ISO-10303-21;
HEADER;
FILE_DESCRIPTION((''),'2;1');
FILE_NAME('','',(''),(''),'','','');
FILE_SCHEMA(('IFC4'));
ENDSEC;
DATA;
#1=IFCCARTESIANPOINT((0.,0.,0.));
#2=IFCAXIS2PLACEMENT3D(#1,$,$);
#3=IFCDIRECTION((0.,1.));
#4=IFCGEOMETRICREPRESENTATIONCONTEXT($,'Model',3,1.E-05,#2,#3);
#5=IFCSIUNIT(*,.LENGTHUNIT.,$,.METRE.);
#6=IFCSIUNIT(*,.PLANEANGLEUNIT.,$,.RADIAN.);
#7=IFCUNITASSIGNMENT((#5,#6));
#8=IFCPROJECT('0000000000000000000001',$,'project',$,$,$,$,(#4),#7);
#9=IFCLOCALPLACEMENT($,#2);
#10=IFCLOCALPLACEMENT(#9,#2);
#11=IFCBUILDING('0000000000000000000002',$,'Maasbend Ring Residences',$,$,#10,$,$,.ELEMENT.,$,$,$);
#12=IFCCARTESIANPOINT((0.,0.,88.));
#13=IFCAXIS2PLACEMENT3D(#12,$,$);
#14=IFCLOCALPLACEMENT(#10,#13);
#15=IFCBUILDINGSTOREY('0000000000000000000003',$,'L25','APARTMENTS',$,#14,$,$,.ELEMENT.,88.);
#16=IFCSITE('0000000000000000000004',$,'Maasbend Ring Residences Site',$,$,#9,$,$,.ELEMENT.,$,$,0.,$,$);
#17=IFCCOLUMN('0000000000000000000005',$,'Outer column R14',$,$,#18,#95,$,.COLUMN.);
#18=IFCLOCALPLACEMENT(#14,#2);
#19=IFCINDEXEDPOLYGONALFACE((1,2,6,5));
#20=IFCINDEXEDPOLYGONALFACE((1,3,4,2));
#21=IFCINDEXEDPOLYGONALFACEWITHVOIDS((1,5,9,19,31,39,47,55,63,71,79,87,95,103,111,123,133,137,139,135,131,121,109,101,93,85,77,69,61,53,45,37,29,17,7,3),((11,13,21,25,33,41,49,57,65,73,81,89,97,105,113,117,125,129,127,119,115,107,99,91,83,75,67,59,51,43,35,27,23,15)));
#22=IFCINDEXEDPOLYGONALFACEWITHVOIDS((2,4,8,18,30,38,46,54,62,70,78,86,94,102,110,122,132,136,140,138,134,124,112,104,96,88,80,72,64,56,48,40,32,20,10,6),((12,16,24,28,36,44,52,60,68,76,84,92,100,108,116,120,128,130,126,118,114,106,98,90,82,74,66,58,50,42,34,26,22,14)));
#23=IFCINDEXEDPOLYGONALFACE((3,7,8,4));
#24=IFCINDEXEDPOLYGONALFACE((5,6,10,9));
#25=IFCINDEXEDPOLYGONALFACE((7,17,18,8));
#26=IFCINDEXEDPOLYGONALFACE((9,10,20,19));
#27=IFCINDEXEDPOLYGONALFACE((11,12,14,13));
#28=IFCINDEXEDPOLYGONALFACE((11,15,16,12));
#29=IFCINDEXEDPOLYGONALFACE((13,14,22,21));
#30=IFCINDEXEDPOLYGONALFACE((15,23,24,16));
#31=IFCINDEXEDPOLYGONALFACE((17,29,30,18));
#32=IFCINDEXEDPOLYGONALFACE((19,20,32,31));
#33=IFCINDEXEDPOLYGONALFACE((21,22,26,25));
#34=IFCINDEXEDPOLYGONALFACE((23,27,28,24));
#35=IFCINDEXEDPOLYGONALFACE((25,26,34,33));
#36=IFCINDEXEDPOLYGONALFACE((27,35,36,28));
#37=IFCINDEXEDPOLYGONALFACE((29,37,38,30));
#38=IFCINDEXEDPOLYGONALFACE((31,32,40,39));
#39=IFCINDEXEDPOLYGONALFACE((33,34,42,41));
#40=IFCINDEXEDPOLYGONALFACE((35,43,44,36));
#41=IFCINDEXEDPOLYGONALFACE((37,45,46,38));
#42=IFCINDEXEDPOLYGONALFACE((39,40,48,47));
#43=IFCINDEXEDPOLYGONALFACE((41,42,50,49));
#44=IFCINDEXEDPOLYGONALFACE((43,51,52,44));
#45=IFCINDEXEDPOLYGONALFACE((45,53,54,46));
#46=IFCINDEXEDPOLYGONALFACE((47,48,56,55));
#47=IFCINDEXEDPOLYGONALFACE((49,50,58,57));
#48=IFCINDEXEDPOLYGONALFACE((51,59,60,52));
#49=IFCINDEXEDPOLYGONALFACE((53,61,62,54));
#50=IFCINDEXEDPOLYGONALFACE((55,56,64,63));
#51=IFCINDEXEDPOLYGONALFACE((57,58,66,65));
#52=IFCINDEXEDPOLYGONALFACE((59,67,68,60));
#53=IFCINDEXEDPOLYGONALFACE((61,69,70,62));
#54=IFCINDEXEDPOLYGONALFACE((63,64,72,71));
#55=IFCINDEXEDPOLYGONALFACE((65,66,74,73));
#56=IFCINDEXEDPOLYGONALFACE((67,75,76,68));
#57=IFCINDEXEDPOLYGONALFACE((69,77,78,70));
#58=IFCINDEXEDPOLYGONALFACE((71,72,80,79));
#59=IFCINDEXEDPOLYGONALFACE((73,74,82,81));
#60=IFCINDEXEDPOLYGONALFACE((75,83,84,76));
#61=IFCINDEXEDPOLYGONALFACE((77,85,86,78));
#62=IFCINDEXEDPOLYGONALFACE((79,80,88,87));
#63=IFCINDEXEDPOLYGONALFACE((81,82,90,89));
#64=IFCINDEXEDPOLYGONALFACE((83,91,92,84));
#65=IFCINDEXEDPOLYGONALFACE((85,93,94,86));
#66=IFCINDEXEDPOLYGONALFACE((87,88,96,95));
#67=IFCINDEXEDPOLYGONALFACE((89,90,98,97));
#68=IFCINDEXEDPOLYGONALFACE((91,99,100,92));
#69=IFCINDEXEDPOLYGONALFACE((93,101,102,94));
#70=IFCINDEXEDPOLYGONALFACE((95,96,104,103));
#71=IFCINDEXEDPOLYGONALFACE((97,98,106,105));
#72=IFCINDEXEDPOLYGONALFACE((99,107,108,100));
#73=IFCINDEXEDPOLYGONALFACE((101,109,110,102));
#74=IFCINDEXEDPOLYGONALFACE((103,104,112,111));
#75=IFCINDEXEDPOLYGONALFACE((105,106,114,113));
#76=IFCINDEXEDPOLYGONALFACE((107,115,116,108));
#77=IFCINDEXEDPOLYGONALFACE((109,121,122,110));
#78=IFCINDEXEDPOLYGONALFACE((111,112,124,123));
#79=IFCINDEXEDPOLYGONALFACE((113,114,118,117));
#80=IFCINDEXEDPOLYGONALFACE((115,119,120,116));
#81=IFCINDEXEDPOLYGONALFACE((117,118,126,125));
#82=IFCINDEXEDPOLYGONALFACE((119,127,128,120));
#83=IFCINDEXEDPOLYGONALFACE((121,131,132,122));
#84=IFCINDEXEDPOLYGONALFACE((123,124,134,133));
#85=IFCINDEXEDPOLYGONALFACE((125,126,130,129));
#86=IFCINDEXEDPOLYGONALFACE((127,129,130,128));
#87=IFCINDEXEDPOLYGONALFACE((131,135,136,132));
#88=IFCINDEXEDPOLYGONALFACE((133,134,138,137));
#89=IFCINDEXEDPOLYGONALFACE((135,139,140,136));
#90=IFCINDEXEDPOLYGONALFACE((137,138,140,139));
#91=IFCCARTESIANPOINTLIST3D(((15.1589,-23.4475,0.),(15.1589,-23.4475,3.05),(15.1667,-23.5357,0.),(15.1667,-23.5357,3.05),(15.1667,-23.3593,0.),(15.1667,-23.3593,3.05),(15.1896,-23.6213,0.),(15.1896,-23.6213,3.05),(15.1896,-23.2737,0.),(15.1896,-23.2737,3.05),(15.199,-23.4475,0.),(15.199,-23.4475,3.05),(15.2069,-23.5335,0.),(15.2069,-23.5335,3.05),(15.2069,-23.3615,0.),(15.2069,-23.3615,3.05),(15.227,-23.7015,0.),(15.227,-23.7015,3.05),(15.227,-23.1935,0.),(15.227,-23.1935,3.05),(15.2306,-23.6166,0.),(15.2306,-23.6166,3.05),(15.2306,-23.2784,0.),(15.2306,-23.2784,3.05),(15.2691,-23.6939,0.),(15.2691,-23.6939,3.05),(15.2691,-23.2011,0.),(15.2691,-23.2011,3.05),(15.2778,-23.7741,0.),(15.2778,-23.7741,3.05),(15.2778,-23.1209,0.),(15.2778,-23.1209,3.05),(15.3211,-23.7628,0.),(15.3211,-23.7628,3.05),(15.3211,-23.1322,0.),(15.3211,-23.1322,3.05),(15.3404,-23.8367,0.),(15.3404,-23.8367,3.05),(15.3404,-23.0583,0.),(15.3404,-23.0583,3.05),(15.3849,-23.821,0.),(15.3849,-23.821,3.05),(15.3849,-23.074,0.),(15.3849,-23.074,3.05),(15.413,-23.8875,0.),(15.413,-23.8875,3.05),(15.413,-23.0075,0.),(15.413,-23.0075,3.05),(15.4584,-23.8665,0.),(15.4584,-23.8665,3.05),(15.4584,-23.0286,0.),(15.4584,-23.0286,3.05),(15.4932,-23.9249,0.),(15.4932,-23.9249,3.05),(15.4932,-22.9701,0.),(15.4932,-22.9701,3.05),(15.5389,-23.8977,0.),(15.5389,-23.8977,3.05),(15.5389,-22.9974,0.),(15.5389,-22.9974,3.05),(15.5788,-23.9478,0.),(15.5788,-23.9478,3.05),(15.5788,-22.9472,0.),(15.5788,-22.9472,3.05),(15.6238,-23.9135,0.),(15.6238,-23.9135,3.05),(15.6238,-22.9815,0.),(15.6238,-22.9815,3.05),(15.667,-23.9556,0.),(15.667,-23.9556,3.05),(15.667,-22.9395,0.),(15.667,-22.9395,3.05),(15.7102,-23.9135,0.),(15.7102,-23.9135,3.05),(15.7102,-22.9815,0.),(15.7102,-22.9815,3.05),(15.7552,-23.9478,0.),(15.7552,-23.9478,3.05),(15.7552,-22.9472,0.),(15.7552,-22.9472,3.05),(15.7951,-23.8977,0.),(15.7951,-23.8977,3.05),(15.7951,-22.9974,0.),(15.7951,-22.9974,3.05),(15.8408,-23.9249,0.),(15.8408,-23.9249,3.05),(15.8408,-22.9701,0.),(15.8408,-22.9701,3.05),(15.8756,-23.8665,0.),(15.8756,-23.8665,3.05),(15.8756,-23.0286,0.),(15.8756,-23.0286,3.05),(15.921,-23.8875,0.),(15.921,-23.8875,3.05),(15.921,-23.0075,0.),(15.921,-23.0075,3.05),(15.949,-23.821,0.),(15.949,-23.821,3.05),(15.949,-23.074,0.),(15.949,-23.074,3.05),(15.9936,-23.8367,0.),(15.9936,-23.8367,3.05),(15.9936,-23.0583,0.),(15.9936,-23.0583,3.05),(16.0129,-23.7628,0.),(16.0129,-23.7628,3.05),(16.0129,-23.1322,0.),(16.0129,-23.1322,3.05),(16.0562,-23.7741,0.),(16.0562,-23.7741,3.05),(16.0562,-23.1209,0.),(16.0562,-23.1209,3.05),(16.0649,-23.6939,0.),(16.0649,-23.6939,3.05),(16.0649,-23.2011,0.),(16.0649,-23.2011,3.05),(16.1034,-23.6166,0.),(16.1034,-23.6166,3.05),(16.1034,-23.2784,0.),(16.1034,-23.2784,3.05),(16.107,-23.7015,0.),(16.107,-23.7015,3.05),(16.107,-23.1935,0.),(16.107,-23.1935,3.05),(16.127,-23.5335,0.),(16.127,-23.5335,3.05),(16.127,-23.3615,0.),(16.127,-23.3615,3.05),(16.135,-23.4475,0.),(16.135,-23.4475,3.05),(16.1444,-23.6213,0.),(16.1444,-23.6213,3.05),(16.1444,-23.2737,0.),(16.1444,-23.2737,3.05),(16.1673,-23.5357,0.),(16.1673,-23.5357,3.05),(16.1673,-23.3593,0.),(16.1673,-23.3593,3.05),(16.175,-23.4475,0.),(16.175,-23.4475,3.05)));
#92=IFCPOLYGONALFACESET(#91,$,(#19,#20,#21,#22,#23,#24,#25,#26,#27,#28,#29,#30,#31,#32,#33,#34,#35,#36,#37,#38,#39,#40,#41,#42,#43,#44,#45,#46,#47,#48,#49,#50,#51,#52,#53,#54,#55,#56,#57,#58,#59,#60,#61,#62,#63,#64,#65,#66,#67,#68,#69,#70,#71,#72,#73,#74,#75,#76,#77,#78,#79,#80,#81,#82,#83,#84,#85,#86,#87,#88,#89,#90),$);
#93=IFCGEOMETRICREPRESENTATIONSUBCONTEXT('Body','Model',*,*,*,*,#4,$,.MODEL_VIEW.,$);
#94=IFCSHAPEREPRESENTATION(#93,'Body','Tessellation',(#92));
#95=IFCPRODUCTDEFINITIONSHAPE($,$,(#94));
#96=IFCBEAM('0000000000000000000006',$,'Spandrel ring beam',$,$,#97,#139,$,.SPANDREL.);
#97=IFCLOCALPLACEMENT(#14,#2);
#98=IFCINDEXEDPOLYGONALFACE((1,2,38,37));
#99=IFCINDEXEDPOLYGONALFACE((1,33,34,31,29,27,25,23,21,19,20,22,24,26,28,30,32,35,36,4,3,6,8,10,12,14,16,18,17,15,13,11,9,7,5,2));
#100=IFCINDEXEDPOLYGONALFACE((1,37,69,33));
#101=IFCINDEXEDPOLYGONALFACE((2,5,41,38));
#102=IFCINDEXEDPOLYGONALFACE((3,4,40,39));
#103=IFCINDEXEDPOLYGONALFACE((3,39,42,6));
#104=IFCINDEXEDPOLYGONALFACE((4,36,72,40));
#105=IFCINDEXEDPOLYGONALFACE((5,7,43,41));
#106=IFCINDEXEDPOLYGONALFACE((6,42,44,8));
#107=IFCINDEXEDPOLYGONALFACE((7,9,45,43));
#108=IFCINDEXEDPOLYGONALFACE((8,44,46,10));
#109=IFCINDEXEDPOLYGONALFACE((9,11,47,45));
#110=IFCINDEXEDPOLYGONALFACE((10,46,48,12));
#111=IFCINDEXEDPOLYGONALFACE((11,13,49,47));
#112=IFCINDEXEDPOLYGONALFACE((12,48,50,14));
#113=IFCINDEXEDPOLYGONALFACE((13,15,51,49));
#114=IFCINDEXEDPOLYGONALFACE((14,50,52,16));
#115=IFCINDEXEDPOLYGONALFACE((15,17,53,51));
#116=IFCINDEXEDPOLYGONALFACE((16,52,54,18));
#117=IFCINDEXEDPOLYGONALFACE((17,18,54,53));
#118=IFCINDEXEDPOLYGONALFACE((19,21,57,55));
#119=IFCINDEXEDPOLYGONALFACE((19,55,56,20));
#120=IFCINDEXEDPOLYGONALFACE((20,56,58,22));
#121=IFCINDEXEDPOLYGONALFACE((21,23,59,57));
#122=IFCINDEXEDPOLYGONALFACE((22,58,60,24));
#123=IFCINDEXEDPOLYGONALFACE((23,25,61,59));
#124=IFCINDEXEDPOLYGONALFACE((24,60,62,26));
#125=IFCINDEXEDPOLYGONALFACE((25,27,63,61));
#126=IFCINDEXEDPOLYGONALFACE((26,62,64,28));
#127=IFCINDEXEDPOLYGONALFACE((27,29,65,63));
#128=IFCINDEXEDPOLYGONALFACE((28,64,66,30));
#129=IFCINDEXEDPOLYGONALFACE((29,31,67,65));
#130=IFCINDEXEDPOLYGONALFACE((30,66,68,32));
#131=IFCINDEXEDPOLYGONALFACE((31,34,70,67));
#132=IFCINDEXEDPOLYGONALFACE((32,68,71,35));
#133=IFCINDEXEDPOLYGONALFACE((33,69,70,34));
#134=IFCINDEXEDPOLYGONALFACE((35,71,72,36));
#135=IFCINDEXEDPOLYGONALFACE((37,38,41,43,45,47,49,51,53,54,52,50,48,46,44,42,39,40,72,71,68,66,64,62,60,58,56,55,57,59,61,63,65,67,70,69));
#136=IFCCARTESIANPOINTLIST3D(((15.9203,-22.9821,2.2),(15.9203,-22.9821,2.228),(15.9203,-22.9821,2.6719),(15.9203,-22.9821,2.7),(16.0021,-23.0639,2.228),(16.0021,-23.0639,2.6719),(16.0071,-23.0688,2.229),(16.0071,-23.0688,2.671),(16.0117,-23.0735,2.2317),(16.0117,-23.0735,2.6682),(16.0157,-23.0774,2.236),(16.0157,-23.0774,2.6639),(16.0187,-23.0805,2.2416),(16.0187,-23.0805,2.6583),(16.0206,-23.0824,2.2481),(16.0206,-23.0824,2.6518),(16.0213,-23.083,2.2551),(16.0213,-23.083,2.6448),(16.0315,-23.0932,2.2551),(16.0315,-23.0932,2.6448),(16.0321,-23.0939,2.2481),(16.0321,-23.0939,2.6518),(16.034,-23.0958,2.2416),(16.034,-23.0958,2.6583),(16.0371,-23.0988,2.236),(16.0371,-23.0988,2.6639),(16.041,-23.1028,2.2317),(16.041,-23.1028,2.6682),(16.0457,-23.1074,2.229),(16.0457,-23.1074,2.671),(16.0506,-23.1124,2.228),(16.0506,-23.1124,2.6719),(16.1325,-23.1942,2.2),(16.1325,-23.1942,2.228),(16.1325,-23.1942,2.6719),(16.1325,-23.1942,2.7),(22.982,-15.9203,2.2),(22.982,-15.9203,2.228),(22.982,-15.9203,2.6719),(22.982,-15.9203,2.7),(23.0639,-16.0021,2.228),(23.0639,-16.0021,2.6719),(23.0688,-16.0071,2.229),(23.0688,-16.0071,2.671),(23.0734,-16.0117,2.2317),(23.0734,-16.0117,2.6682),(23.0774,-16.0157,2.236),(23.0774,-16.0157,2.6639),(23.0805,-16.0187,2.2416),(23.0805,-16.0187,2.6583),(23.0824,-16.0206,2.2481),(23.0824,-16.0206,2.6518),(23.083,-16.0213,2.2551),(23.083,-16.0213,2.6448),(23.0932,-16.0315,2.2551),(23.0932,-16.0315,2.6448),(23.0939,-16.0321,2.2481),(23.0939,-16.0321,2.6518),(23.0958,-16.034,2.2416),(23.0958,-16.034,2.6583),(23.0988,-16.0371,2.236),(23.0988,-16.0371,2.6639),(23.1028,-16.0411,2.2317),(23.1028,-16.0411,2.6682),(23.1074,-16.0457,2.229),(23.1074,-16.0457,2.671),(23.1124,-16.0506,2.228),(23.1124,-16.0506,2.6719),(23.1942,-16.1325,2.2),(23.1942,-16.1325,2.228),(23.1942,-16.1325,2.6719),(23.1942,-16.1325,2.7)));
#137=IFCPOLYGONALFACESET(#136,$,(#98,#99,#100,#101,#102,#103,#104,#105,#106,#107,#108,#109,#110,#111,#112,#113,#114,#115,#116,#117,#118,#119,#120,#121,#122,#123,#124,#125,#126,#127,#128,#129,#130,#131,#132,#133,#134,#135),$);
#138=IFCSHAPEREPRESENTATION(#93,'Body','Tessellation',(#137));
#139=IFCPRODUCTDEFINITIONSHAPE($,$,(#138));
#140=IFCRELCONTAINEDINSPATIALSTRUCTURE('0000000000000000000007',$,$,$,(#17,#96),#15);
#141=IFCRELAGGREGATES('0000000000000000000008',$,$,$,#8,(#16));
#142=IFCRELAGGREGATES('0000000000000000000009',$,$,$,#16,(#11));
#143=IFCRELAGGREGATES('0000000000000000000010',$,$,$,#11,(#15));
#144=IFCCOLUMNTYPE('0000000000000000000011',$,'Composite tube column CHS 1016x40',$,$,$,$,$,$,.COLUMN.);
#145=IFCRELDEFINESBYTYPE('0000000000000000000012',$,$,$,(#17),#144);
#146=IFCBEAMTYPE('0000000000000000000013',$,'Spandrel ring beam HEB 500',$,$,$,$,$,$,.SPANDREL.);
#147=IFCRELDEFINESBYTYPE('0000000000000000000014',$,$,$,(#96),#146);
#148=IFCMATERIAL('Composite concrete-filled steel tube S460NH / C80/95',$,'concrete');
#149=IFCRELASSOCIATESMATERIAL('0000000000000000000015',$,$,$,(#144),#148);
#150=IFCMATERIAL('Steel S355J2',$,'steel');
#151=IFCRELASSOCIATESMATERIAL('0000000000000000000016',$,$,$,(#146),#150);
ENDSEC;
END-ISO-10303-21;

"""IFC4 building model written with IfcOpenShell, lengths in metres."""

from ifc_helpers import new_model, si_unit, direction, frame, origin, origin_2d, place, context, subcontext, project, spatial, hollow_circle, i_section, extrude, material, material_profile, profile_set, type_object, element, save


model = new_model("IFC4")

# Units and contexts
model_context = context("Model", 3, precision=1e-05, world=origin(), true_north=direction((0.0, 1.0)))
body_context = subcontext(model_context, "Body", "Model", "MODEL_VIEW")
ifc_project = project(units=[si_unit("LENGTHUNIT", "METRE"), si_unit("PLANEANGLEUNIT", "RADIAN")], contexts=[model_context])

# Site, building, storey
site_placement = place(None, origin())
site = spatial("IfcSite", under=ifc_project, at=site_placement, Name="Maasbend Ring Residences Site", CompositionType="ELEMENT", RefElevation=0.0)
building_placement = place(site_placement, origin())
building = spatial("IfcBuilding", under=site, at=building_placement, Name="Maasbend Ring Residences", CompositionType="ELEMENT")
storey_placement = place(building_placement, frame((0.0, 0.0, 88.0)))
storey = spatial("IfcBuildingStorey", under=building, at=storey_placement, Name="L25", Description="APARTMENTS", CompositionType="ELEMENT", Elevation=88.0)

# Column
ifc_material_1 = material(Name="Composite concrete-filled steel tube S460NH / C80/95", Category="concrete")
ifc_material_profile_1 = material_profile(ifc_material_1, hollow_circle(Radius=0.5081, WallThickness=0.04, at=origin_2d()), Name="Composite tube column CHS 1016x40")
ifc_profile_set_1 = profile_set([ifc_material_profile_1], Name="Composite concrete-filled steel tube S460NH / C80/95")
column_type = type_object("IfcColumnType", Name="Composite tube column CHS 1016x40", PredefinedType="COLUMN", material=ifc_profile_set_1)
column_placement = place(storey_placement, frame((15.667, -23.4475, 0.0), z_axis=(0.0, 0.0, 1.0), x_axis=(1.0, 0.0, 0.0)))
element("IfcColumn", 1, at=column_placement, inside=storey, type_object=column_type, Name="Outer column R14", PredefinedType="COLUMN", context=body_context, shape_type="SweptSolid", body=[
    extrude(hollow_circle(Radius=0.5081, WallThickness=0.04, at=origin_2d()), origin(), (0.0, 0.0, 1.0), 3.05),
])

# Beam
ifc_material_2 = material(Name="Steel S355J2", Category="steel")
ifc_material_profile_2 = material_profile(ifc_material_2, i_section(OverallWidth=0.3, OverallDepth=0.5, WebThickness=0.0144, FlangeThickness=0.0281, FilletRadius=0.0271, at=origin_2d()), Name="HEB 500")
ifc_profile_set_2 = profile_set([ifc_material_profile_2], Name="Steel S355J2")
beam_type = type_object("IfcBeamType", Name="Spandrel ring beam HEB 500", PredefinedType="SPANDREL", material=ifc_profile_set_2)
beam_placement = place(storey_placement, frame((16.0264, -23.0881, 2.45), z_axis=(0.707107, 0.707107, 0.0), x_axis=(-0.707107, 0.707107, 0.0)))
element("IfcBeam", 2, at=beam_placement, inside=storey, type_object=beam_type, Name="Spandrel ring beam", PredefinedType="SPANDREL", context=body_context, shape_type="SweptSolid", body=[
    extrude(i_section(OverallWidth=0.3, OverallDepth=0.5, WebThickness=0.0144, FlangeThickness=0.0281, FilletRadius=0.0271, at=origin_2d()), origin(), (0.0, 0.0, 1.0), 9.9868),
])

save(model, "model.ifc")
